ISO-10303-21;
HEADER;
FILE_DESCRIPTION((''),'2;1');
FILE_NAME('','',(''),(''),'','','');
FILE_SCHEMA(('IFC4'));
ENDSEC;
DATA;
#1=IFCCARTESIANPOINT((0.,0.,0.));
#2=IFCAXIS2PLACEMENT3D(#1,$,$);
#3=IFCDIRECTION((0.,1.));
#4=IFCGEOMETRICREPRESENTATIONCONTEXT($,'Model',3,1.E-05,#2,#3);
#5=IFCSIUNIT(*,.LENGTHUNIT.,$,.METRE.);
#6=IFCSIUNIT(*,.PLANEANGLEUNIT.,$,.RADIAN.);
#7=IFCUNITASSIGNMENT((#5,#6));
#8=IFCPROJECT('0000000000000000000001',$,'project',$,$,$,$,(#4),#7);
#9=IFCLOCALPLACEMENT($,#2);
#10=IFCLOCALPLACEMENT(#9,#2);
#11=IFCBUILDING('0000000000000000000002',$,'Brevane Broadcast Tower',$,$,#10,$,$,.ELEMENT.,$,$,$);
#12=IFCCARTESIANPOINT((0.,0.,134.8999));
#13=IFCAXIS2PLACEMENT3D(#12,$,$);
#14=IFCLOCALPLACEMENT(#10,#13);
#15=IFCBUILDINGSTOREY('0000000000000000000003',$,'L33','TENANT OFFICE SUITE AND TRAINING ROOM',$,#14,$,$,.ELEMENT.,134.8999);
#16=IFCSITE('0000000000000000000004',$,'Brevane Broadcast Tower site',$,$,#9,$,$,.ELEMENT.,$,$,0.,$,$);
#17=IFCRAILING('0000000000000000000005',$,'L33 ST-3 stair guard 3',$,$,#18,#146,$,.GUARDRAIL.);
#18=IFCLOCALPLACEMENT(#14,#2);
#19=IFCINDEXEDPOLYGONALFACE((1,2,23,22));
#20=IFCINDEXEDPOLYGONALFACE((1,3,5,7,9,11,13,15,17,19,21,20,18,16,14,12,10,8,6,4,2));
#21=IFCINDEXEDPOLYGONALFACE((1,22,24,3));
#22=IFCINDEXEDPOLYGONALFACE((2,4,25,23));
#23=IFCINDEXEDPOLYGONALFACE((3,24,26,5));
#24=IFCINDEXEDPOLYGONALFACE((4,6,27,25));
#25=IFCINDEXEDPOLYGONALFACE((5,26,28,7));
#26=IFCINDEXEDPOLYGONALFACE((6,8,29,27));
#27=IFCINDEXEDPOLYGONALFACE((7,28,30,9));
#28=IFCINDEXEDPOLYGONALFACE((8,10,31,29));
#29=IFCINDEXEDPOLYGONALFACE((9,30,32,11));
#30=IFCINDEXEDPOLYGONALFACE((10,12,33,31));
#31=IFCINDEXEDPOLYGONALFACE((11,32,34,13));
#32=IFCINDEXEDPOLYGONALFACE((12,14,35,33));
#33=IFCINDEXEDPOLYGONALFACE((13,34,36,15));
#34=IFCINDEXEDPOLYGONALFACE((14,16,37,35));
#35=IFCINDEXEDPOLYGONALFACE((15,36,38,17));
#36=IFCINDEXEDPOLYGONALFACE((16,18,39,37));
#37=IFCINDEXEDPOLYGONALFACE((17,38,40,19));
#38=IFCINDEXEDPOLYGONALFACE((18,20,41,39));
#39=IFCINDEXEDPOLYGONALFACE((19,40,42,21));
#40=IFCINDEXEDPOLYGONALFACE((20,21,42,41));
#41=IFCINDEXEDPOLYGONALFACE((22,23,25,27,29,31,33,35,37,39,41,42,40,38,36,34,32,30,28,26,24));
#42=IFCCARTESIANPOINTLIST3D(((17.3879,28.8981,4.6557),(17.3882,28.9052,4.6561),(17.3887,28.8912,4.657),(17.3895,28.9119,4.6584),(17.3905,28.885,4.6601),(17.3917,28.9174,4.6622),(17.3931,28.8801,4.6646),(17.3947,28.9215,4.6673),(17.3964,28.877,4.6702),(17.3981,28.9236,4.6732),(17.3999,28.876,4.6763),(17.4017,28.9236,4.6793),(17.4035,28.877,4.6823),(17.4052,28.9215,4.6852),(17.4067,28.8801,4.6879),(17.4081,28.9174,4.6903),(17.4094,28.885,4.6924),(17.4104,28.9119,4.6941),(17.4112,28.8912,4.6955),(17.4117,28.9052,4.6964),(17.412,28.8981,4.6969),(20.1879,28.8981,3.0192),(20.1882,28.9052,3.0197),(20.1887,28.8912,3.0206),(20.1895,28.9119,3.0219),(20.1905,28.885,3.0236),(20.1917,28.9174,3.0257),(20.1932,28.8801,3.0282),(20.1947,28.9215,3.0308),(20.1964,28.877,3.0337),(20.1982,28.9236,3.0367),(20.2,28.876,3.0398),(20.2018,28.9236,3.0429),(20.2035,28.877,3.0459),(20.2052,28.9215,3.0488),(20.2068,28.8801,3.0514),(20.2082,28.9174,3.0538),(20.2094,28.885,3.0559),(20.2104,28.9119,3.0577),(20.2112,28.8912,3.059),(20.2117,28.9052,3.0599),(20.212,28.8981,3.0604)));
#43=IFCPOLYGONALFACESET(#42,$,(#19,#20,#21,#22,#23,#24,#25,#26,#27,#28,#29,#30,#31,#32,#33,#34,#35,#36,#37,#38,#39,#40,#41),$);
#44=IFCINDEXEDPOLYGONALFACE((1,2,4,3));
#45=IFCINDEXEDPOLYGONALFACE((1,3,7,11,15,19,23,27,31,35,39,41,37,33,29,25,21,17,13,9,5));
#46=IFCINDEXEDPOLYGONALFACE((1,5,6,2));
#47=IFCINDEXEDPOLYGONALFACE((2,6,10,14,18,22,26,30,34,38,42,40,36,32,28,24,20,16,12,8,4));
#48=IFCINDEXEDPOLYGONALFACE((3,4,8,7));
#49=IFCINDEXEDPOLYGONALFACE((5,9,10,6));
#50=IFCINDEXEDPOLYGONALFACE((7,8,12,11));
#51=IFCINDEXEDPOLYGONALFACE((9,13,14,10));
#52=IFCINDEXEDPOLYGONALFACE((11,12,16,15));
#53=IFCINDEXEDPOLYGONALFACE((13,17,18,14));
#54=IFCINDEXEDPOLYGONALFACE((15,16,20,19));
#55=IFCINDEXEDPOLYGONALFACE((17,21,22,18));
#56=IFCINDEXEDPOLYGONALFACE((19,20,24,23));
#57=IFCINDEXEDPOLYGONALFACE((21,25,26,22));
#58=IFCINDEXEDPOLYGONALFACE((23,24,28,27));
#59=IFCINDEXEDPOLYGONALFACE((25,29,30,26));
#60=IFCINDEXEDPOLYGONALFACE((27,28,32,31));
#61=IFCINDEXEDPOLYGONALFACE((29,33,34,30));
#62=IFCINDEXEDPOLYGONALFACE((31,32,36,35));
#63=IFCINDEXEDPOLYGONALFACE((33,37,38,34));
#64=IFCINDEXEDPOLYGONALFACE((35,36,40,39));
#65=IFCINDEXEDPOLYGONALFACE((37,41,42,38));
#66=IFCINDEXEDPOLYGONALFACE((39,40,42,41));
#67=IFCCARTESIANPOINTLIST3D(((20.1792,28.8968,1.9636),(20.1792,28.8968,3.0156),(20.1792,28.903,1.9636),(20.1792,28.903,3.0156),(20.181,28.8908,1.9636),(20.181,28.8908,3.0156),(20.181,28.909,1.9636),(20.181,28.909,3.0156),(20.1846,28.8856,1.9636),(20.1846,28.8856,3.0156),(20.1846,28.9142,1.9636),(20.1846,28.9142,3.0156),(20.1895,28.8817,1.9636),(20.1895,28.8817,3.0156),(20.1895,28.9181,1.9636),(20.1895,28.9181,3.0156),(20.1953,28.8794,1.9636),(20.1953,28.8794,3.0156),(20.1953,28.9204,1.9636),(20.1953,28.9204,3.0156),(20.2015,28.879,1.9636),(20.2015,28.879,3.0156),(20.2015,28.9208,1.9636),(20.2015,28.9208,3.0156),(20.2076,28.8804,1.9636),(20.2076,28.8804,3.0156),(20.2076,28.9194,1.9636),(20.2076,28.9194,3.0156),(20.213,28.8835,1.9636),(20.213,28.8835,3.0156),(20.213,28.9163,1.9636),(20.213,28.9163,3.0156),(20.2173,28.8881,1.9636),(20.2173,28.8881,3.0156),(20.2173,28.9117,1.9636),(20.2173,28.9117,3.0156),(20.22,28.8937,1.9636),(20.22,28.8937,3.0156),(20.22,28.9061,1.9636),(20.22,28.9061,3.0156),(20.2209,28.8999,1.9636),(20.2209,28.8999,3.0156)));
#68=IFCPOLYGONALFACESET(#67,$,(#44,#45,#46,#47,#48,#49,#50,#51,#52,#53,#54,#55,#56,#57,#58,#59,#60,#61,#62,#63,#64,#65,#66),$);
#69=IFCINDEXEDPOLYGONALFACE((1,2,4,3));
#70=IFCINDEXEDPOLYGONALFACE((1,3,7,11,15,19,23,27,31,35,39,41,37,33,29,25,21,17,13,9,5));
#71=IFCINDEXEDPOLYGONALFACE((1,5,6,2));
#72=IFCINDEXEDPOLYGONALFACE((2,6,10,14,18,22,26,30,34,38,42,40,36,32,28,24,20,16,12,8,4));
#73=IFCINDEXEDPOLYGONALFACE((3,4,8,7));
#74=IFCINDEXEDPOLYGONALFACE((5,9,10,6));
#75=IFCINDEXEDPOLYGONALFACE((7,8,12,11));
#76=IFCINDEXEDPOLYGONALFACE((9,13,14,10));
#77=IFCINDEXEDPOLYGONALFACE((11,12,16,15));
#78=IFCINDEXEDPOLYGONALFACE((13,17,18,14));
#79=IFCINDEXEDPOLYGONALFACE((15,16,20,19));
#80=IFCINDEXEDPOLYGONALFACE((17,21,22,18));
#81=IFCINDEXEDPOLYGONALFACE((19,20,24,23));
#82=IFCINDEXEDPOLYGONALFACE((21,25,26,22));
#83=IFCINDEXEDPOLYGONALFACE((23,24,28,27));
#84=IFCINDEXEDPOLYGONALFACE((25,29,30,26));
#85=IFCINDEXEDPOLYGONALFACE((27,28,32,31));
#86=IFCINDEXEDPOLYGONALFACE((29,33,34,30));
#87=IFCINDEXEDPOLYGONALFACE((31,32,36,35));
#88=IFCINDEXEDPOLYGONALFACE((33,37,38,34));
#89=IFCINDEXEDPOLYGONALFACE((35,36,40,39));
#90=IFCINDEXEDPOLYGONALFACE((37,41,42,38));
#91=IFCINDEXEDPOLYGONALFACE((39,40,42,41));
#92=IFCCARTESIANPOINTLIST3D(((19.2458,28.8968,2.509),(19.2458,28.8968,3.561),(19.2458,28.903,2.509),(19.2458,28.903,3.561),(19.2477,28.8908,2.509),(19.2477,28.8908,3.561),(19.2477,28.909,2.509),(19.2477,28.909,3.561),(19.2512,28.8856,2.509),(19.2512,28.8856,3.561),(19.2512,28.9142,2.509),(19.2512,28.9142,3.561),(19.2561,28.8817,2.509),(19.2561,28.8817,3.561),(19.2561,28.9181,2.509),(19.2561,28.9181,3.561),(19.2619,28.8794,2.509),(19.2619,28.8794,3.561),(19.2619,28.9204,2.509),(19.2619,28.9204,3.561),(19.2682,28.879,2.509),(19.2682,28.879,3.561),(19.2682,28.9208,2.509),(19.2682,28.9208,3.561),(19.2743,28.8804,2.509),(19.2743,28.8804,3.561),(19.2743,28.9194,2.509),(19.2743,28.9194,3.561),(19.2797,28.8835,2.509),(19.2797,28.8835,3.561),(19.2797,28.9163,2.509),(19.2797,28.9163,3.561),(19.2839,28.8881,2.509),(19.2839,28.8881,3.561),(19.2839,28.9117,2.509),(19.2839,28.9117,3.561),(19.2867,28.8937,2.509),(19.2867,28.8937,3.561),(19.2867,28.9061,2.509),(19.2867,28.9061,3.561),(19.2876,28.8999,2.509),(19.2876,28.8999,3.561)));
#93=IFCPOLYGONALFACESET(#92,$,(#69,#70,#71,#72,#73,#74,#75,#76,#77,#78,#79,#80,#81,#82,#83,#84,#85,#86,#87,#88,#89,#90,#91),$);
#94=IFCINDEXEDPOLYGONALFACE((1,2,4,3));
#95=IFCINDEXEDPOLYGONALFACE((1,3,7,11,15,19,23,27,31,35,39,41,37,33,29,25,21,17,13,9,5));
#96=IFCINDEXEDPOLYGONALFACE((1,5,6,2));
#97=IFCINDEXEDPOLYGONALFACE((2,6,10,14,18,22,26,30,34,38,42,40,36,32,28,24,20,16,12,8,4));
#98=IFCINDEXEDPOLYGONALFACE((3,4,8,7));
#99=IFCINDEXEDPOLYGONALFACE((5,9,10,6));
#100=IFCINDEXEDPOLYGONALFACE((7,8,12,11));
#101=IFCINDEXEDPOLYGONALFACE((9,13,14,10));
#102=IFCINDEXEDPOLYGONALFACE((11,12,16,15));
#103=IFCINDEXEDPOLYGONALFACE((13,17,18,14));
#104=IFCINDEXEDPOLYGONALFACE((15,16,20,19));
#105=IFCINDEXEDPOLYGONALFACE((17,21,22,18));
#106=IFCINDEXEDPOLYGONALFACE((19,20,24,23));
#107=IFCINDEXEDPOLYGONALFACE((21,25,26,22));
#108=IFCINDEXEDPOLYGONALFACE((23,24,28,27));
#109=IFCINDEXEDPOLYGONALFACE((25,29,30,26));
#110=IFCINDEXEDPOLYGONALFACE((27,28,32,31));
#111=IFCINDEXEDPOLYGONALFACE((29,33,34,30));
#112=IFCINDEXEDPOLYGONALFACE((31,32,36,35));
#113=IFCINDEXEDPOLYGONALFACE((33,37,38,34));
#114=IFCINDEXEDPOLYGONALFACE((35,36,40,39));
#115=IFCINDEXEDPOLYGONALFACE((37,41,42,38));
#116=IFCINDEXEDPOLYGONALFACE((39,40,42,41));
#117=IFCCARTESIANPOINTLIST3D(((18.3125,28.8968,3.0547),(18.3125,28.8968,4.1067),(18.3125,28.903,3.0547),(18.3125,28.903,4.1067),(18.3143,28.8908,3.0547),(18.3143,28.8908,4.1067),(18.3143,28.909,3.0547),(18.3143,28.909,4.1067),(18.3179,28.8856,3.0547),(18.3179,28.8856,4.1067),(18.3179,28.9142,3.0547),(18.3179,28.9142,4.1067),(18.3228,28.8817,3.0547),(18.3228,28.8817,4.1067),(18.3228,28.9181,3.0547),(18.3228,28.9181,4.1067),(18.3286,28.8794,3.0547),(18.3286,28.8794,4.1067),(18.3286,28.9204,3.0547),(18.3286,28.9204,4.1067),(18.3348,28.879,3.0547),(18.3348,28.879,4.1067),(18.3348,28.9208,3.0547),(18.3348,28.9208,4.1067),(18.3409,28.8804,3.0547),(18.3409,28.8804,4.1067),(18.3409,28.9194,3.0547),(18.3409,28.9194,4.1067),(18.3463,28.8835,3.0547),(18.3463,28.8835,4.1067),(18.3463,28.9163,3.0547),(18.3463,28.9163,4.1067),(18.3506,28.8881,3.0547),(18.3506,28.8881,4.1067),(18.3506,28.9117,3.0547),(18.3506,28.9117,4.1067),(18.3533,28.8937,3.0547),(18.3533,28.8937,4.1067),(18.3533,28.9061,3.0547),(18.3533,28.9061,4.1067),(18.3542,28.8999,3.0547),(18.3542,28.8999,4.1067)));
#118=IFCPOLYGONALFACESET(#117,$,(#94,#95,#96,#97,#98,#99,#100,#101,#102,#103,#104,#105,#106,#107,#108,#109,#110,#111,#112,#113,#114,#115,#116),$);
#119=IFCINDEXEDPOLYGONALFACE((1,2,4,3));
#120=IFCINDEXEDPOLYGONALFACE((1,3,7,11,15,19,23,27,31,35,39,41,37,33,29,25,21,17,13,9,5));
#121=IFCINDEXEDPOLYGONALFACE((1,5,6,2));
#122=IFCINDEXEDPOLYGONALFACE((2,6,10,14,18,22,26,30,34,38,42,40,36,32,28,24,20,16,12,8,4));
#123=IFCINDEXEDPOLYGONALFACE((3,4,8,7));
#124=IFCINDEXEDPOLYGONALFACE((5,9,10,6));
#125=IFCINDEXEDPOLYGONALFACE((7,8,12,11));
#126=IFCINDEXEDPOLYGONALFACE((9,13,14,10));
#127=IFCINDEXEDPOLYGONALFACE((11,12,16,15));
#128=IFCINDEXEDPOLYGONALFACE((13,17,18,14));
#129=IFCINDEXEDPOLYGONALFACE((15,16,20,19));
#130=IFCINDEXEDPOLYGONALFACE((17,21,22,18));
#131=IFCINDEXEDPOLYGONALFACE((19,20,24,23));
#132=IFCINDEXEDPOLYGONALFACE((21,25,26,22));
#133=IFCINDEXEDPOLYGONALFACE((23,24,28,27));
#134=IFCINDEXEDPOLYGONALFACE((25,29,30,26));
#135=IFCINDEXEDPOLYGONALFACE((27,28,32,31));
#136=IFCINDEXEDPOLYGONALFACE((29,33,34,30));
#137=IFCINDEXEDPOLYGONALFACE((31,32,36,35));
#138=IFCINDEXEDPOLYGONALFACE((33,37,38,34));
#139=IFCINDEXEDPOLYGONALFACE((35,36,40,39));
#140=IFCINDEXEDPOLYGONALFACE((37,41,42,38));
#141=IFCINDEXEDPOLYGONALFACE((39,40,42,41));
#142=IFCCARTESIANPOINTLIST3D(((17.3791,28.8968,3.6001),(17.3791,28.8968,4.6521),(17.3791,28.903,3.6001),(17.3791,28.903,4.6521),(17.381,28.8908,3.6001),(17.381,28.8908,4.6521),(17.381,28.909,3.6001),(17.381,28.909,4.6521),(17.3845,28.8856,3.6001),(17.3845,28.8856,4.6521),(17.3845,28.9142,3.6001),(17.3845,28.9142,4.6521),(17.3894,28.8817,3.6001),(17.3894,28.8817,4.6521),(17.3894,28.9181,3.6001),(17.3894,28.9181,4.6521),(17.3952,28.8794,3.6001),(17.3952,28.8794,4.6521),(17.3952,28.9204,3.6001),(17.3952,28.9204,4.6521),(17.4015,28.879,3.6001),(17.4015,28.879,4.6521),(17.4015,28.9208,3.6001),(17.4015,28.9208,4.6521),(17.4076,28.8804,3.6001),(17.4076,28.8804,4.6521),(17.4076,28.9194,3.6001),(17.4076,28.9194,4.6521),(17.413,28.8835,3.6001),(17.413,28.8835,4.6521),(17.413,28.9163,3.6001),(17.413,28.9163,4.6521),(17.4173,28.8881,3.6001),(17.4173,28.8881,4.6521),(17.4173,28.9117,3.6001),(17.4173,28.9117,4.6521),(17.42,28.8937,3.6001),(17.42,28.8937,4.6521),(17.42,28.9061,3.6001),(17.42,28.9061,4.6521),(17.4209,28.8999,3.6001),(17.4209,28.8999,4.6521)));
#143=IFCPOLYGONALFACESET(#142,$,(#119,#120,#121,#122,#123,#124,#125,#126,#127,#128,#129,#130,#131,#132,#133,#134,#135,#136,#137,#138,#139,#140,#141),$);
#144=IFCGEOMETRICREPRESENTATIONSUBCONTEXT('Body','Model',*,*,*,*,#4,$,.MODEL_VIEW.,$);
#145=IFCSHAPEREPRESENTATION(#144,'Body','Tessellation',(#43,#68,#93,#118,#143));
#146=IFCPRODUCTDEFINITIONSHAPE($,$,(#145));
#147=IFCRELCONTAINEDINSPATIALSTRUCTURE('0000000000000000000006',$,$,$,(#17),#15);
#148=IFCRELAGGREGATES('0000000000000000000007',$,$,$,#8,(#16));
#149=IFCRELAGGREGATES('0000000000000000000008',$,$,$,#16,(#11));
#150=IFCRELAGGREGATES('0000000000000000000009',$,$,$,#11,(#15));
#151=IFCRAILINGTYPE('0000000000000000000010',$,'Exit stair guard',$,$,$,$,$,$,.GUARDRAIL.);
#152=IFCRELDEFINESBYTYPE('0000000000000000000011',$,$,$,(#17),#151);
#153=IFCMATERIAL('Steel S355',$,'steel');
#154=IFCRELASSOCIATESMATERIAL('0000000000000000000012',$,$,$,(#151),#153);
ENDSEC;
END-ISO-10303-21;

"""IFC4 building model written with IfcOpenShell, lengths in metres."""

from ifc_helpers import new_model, si_unit, direction, frame, origin, origin_2d, place, context, subcontext, project, spatial, circle, extrude, material, type_object, element, save


model = new_model("IFC4")

# Units and contexts
model_context = context("Model", 3, precision=1e-05, world=origin(), true_north=direction((0.0, 1.0)))
body_context = subcontext(model_context, "Body", "Model", "MODEL_VIEW")
ifc_project = project(units=[si_unit("LENGTHUNIT", "METRE"), si_unit("PLANEANGLEUNIT", "RADIAN")], contexts=[model_context])

# Site, building, storey
site_placement = place(None, origin())
site = spatial("IfcSite", under=ifc_project, at=site_placement, Name="Brevane Broadcast Tower site", CompositionType="ELEMENT", RefElevation=0.0)
building_placement = place(site_placement, origin())
building = spatial("IfcBuilding", under=site, at=building_placement, Name="Brevane Broadcast Tower", CompositionType="ELEMENT")
storey_placement = place(building_placement, frame((0.0, 0.0, 134.8999)))
storey = spatial("IfcBuildingStorey", under=building, at=storey_placement, Name="L33", Description="TENANT OFFICE SUITE AND TRAINING ROOM", CompositionType="ELEMENT", Elevation=134.8999)

# Railing
ifc_material_1 = material(Name="Steel S355", Category="steel")
railing_type_1 = type_object("IfcRailingType", Name="Exit stair guard", PredefinedType="GUARDRAIL", material=ifc_material_1)
railing_1_placement = place(storey_placement, frame((20.2, 28.8999, 1.9636)))
element("IfcRailing", 1, at=railing_1_placement, inside=storey, type_object=railing_type_1, Name="L33 ST-3 stair guard 3", PredefinedType="GUARDRAIL", context=body_context, shape_type="SweptSolid", body=[
    extrude(circle(Radius=0.0239, at=origin_2d()), frame((0.0, 0.0, 1.0762), z_axis=(-0.863361, 0.0, 0.504587), x_axis=(0.0, -1.0, 0.0)), (0.0, 0.0, 1.0), 3.2432),
    extrude(circle(Radius=0.021, at=origin_2d()), origin(), (0.0, 0.0, 1.0), 1.052),
    extrude(circle(Radius=0.021, at=origin_2d()), frame((-0.9333, 0.0, 0.5454)), (0.0, 0.0, 1.0), 1.052),
    extrude(circle(Radius=0.021, at=origin_2d()), frame((-1.8667, 0.0, 1.0911)), (0.0, 0.0, 1.0), 1.052),
    extrude(circle(Radius=0.021, at=origin_2d()), frame((-2.8, 0.0, 1.6365)), (0.0, 0.0, 1.0), 1.052),
])

save(model, "model.ifc")
